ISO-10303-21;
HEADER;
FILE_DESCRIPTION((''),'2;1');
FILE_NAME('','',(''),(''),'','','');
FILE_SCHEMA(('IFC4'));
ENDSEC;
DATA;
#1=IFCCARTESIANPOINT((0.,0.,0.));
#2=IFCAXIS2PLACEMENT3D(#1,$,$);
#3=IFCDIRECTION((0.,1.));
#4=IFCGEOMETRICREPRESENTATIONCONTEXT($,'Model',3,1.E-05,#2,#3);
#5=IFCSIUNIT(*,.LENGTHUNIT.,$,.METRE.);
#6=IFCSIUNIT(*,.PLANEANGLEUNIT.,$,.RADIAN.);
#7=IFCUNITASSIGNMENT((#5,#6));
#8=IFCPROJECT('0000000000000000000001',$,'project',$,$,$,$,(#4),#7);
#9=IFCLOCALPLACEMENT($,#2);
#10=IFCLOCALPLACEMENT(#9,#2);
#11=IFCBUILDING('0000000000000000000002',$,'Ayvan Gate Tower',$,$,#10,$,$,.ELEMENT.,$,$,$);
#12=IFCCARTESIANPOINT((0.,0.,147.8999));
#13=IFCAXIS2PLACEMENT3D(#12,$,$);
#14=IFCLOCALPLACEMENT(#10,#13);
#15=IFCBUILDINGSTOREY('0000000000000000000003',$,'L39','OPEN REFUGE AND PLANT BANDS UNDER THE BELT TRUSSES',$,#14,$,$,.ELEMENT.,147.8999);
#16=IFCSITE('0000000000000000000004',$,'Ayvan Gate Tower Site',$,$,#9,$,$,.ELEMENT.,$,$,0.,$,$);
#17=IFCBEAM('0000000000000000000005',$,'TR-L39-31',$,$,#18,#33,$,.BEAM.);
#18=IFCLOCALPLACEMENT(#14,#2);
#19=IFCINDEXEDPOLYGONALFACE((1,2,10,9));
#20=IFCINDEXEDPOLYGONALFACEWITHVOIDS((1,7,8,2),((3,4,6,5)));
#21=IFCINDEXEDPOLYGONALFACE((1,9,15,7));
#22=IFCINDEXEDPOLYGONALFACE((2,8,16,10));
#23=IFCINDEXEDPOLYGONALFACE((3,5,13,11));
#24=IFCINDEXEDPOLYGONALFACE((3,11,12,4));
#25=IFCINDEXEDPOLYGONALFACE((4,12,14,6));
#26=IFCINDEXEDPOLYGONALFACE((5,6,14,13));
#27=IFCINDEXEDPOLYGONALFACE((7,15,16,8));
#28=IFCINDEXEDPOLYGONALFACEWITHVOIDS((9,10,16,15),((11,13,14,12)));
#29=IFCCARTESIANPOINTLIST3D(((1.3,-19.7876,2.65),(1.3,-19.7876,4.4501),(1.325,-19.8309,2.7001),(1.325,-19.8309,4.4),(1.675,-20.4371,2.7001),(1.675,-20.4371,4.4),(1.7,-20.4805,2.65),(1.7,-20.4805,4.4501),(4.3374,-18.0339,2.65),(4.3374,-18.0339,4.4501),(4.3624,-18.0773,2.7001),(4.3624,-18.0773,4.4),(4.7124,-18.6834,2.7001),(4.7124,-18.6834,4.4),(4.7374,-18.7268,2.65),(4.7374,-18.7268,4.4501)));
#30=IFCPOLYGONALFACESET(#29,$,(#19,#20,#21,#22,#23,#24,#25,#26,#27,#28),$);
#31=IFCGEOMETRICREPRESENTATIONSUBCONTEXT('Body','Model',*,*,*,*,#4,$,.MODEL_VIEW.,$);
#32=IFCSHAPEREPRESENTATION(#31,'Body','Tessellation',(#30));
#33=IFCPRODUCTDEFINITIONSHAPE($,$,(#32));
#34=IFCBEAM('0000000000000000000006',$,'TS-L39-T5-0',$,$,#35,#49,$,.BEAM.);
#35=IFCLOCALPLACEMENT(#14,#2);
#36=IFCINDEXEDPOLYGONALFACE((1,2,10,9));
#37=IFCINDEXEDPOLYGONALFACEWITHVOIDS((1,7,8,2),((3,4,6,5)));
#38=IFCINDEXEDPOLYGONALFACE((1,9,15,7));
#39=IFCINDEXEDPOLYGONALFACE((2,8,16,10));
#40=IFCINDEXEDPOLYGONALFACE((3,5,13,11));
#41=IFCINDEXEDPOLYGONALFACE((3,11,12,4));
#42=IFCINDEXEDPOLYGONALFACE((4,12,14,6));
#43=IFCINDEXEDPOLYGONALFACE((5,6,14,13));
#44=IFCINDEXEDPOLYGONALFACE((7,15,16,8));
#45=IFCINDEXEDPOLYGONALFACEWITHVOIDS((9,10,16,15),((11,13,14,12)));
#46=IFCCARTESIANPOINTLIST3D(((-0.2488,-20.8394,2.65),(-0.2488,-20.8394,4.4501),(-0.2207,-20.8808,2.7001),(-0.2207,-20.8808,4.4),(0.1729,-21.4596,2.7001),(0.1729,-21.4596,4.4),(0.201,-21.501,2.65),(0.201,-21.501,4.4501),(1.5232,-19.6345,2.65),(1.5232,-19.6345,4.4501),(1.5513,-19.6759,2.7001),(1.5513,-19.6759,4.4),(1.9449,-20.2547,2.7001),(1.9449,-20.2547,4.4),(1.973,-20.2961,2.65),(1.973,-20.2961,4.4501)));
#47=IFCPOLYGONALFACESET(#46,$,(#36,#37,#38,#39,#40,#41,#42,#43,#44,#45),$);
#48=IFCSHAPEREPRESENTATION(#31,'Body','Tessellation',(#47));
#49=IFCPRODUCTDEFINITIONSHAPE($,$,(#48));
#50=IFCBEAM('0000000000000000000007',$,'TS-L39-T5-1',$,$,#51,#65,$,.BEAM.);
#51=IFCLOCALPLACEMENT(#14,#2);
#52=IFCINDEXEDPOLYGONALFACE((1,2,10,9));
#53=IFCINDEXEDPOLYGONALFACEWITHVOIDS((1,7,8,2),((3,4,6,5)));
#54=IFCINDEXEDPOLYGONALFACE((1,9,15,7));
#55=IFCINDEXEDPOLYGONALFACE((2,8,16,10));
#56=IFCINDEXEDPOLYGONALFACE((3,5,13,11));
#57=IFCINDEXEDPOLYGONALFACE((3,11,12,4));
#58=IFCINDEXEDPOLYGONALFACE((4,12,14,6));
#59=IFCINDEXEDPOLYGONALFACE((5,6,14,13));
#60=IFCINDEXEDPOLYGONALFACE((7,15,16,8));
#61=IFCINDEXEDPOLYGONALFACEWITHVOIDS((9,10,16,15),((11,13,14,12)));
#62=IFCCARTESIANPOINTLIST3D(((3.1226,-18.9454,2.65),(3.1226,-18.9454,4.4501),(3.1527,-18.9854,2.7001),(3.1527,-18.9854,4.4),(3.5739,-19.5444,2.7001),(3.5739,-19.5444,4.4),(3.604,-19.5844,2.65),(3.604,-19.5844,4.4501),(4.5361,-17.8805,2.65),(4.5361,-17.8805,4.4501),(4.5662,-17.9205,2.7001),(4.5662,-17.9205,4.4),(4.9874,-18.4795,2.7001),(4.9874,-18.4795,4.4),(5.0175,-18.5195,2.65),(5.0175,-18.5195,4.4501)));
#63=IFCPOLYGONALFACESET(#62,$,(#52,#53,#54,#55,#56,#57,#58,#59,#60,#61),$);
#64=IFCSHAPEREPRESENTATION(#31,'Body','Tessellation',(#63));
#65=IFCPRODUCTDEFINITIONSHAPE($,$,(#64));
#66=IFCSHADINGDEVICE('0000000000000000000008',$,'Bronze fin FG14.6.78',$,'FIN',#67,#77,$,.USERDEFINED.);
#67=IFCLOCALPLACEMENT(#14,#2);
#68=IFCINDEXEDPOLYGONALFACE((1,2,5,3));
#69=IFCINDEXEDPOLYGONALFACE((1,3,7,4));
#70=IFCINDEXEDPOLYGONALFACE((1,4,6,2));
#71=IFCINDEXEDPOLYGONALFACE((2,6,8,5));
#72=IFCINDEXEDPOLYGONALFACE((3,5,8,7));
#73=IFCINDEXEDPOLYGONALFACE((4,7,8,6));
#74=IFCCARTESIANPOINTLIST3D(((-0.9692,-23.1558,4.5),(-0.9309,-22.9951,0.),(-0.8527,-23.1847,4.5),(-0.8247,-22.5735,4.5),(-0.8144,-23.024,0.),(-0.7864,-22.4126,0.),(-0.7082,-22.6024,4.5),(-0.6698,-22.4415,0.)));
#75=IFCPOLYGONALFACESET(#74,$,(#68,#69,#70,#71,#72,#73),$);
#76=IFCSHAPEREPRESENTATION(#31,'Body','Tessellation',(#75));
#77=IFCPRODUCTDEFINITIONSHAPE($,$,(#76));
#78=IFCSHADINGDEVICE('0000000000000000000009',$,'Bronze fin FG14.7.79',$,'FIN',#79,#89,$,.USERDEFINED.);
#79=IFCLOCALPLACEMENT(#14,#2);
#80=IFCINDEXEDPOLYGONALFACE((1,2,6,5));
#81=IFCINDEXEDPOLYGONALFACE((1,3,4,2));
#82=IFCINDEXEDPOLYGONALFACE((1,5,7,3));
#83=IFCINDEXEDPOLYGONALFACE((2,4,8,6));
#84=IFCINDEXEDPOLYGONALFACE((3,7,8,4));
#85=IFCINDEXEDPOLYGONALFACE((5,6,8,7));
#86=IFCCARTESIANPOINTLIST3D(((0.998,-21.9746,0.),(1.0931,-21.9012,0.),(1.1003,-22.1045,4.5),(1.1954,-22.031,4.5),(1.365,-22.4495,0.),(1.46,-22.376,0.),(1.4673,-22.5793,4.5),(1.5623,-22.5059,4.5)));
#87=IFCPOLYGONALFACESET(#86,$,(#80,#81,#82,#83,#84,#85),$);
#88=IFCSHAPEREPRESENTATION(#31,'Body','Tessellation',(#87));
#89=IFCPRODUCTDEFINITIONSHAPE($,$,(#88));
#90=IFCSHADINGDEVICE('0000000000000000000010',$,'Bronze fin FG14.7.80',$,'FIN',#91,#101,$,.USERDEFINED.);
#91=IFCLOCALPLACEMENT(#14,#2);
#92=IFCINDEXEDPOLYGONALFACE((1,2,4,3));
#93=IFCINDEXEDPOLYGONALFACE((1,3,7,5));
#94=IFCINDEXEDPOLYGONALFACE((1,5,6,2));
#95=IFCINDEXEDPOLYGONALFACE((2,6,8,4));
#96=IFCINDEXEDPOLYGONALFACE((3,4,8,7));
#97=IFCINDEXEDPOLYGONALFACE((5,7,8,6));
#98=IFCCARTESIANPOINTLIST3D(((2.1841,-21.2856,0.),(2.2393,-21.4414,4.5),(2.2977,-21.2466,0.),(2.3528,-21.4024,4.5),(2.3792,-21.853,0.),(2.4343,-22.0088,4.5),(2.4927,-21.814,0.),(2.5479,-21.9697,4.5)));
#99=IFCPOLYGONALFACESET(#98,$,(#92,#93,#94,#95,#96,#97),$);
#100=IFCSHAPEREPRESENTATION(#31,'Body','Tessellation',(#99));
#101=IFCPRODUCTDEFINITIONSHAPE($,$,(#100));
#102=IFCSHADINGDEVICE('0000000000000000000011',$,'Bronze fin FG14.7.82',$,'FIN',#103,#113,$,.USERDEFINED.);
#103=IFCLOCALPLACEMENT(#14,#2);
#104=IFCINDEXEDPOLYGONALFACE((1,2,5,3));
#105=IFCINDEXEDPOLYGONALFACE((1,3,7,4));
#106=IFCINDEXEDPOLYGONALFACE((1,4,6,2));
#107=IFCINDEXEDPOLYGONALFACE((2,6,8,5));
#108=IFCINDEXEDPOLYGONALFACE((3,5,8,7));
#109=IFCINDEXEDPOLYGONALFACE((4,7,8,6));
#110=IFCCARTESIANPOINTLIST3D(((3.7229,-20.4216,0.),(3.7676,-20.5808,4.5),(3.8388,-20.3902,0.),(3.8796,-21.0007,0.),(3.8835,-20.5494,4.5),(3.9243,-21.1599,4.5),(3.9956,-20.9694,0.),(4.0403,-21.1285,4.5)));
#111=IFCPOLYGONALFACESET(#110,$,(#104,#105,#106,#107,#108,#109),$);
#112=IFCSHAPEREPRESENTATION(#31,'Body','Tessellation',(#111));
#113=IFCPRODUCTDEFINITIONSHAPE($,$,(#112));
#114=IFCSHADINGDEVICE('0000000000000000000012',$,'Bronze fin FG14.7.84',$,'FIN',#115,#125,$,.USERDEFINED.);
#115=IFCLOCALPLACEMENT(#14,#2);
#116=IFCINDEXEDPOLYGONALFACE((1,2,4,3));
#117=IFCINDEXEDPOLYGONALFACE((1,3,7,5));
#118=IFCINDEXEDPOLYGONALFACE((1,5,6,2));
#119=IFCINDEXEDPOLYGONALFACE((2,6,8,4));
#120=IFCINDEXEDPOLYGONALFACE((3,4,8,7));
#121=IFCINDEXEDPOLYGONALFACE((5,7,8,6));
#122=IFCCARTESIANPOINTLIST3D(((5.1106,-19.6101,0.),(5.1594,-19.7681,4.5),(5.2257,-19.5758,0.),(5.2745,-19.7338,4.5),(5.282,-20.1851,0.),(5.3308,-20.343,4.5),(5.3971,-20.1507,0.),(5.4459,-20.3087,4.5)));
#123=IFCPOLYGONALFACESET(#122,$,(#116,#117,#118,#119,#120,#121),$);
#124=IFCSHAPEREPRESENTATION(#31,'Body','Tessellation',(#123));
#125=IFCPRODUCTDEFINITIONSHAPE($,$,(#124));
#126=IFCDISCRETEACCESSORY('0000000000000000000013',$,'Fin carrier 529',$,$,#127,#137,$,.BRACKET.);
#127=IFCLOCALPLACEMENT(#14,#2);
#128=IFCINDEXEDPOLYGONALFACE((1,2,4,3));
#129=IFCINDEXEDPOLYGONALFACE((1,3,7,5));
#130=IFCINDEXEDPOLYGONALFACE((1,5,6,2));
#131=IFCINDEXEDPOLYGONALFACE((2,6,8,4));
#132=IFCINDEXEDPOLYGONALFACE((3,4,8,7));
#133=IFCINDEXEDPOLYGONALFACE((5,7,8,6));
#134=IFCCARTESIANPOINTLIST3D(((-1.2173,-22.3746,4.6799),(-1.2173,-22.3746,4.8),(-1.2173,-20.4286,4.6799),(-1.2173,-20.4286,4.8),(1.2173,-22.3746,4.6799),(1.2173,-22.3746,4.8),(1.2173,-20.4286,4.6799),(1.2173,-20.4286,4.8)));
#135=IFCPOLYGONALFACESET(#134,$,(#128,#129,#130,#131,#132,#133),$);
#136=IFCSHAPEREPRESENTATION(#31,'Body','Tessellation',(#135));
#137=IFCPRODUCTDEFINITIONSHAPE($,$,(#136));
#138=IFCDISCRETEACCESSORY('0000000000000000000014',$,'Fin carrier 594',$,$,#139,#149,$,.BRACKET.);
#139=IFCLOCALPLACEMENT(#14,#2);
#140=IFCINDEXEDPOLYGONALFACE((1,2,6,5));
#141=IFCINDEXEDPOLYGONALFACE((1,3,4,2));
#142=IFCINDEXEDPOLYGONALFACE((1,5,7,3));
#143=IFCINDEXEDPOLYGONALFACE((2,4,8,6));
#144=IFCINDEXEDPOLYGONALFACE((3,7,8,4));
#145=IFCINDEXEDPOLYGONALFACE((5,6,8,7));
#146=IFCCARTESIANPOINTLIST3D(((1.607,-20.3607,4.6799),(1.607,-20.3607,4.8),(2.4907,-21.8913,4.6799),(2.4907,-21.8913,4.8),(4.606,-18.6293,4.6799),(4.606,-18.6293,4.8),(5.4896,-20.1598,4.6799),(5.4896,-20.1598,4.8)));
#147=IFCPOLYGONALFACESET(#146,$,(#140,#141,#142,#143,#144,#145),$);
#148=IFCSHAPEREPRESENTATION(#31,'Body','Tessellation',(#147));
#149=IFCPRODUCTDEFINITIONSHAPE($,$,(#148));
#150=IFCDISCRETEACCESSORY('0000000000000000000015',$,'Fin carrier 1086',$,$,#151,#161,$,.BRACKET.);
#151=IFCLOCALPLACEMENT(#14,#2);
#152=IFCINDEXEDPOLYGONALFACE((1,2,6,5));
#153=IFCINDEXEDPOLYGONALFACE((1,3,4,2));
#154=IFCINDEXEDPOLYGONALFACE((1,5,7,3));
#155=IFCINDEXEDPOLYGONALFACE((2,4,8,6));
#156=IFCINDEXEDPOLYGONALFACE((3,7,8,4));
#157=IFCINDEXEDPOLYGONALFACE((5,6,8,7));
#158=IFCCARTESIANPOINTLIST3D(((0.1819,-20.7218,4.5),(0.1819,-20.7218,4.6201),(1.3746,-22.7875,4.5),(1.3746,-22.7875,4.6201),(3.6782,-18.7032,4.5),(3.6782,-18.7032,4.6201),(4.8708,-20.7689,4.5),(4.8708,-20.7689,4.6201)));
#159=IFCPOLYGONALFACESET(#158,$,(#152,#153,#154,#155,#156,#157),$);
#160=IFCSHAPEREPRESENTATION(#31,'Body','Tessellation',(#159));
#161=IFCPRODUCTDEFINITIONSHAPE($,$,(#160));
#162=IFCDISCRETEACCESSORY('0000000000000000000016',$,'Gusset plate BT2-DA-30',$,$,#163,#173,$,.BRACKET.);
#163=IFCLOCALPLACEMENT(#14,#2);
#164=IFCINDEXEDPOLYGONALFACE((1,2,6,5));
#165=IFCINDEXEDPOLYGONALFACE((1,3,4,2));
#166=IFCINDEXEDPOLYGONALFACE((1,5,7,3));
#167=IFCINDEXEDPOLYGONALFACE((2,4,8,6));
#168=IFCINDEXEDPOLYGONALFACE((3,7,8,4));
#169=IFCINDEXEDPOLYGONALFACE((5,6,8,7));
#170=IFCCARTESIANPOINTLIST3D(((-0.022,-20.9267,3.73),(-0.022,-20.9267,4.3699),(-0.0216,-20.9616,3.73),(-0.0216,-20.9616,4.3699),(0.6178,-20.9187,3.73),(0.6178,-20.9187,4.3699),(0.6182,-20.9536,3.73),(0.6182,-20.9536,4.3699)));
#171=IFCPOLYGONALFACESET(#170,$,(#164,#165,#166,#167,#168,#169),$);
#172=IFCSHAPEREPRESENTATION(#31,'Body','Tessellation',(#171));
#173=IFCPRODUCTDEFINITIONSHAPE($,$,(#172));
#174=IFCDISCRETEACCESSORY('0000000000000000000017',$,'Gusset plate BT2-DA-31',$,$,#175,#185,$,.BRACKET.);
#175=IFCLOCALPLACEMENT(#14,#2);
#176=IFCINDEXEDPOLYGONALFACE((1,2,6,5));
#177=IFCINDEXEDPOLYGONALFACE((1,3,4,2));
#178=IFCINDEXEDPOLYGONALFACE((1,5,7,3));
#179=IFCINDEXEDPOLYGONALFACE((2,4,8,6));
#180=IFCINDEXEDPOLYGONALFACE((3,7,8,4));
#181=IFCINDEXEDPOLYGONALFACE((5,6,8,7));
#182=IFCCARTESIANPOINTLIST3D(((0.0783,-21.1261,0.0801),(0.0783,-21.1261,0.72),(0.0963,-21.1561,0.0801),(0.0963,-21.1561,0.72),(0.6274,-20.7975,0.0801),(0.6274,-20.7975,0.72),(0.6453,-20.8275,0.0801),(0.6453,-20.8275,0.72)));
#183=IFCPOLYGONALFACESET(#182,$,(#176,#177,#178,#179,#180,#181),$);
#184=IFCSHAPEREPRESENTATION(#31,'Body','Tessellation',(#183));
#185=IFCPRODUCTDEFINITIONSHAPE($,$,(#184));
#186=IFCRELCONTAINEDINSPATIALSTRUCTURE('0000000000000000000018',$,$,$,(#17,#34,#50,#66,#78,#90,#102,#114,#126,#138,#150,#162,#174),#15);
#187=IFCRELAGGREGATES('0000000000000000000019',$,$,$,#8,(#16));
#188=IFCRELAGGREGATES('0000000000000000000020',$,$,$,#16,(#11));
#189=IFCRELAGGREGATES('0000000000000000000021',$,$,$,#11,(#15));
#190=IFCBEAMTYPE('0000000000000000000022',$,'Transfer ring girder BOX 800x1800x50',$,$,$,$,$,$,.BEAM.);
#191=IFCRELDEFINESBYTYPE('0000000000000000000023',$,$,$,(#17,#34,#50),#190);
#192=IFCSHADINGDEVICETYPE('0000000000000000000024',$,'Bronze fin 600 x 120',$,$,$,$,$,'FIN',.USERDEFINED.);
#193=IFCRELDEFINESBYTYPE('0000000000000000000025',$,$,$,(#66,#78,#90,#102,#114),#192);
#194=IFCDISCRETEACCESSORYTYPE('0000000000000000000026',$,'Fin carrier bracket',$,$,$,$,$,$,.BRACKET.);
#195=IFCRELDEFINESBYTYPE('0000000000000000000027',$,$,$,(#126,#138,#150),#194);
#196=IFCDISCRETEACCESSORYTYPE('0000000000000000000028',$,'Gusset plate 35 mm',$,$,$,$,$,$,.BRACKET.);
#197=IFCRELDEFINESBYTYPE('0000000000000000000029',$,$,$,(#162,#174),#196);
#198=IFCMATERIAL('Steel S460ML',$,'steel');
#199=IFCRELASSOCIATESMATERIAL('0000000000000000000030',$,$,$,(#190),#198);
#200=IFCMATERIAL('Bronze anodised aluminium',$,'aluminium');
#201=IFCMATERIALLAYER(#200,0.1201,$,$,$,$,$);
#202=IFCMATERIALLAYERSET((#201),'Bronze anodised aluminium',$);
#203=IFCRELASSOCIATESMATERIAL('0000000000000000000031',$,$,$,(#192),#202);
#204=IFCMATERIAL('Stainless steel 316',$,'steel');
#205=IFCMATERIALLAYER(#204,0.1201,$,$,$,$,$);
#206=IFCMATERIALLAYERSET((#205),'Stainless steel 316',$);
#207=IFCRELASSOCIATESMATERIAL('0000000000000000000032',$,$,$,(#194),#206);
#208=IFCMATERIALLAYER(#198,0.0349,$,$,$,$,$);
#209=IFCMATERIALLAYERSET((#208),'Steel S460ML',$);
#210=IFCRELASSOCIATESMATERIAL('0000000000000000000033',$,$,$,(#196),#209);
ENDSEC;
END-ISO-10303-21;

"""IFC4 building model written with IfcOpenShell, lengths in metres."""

from ifc_helpers import new_model, si_unit, direction, frame, origin, origin_2d, place, context, subcontext, project, spatial, polyline, rectangle, hollow_rectangle, outline, extrude, material, layer, layer_set, material_profile, profile_set, type_object, element, save


model = new_model("IFC4")

# Units and contexts
model_context = context("Model", 3, precision=1e-05, world=origin(), true_north=direction((0.0, 1.0)))
body_context = subcontext(model_context, "Body", "Model", "MODEL_VIEW")
ifc_project = project(units=[si_unit("LENGTHUNIT", "METRE"), si_unit("PLANEANGLEUNIT", "RADIAN")], contexts=[model_context])

# Site, building, storey
site_placement = place(None, origin())
site = spatial("IfcSite", under=ifc_project, at=site_placement, Name="Ayvan Gate Tower Site", CompositionType="ELEMENT", RefElevation=0.0)
building_placement = place(site_placement, origin())
building = spatial("IfcBuilding", under=site, at=building_placement, Name="Ayvan Gate Tower", CompositionType="ELEMENT")
storey_placement = place(building_placement, frame((0.0, 0.0, 147.8999)))
storey = spatial("IfcBuildingStorey", under=building, at=storey_placement, Name="L39", Description="OPEN REFUGE AND PLANT BANDS UNDER THE BELT TRUSSES", CompositionType="ELEMENT", Elevation=147.8999)

# Shared definitions
ifc_material_1 = material(Name="Steel S460ML", Category="steel")

# Beams
ifc_material_profile_1 = material_profile(ifc_material_1, hollow_rectangle(XDim=0.8, YDim=1.8, WallThickness=0.05, at=origin_2d()), Name="BOX 800x1800x50")
ifc_profile_set_1 = profile_set([ifc_material_profile_1], Name="Steel S460ML")
beam_type_1 = type_object("IfcBeamType", Name="Transfer ring girder BOX 800x1800x50", PredefinedType="BEAM", material=ifc_profile_set_1)
beam_1_placement = place(storey_placement, frame((1.5, -20.134, 3.55), z_axis=(0.86602, 0.50001, 0.0), x_axis=(-0.50001, 0.86602, 0.0)))
element("IfcBeam", 1, at=beam_1_placement, inside=storey, type_object=beam_type_1, Name="TR-L39-31", PredefinedType="BEAM", context=body_context, shape_type="SweptSolid", body=[
    extrude(hollow_rectangle(XDim=0.8, YDim=1.8, WallThickness=0.05, at=origin_2d()), origin(), (0.0, 0.0, 1.0), 3.5073),
])
beam_2_placement = place(storey_placement, frame((-0.0239, -21.1702, 3.55), z_axis=(0.82695, 0.562276, 0.0), x_axis=(-0.562276, 0.82695, 0.0)))
element("IfcBeam", 2, at=beam_2_placement, inside=storey, type_object=beam_type_1, Name="TS-L39-T5-0", PredefinedType="BEAM", context=body_context, shape_type="SweptSolid", body=[
    extrude(hollow_rectangle(XDim=0.8, YDim=1.8, WallThickness=0.05, at=origin_2d()), origin(), (0.0, 0.0, 1.0), 2.1428),
])
beam_3_placement = place(storey_placement, frame((3.3633, -19.2649, 3.55), z_axis=(0.798707, 0.60172, 0.0), x_axis=(-0.60172, 0.798707, 0.0)))
element("IfcBeam", 3, at=beam_3_placement, inside=storey, type_object=beam_type_1, Name="TS-L39-T5-1", PredefinedType="BEAM", context=body_context, shape_type="SweptSolid", body=[
    extrude(hollow_rectangle(XDim=0.8, YDim=1.8, WallThickness=0.05, at=origin_2d()), origin(), (0.0, 0.0, 1.0), 1.7698),
])

# Shading devices
ifc_material_2 = material(Name="Bronze anodised aluminium", Category="aluminium")
ifc_layer_1 = layer(ifc_material_2, 0.1201)
ifc_layer_set_1 = layer_set([ifc_layer_1], Name="Bronze anodised aluminium")
shading_device_type = type_object("IfcShadingDeviceType", Name="Bronze fin 600 x 120", ElementType="FIN", PredefinedType="USERDEFINED", material=ifc_layer_set_1)
shading_device_1_placement = place(storey_placement, frame((-0.7864, -22.4126, 0.0), z_axis=(-0.97056, 0.24086, 0.000338), x_axis=(-0.24086, -0.97056, 0.0)))
element("IfcShadingDevice", 4, at=shading_device_1_placement, inside=storey, type_object=shading_device_type, Name="Bronze fin FG14.6.78", ObjectType="FIN", PredefinedType="USERDEFINED", context=body_context, shape_type="SweptSolid", body=[
    extrude(outline(polyline([(0.0, 0.0), (0.6002, 0.0), (0.7653, 4.5), (0.1654, 4.5), (0.0, 0.0)])), origin(), (0.0, 0.0, -1.0), 0.1201),
])
shading_device_2_placement = place(storey_placement, frame((0.998, -21.9746, 0.0), z_axis=(-0.791276, -0.611459, 0.000339), x_axis=(0.611459, -0.791276, 0.0)))
element("IfcShadingDevice", 5, at=shading_device_2_placement, inside=storey, type_object=shading_device_type, Name="Bronze fin FG14.7.79", ObjectType="FIN", PredefinedType="USERDEFINED", context=body_context, shape_type="SweptSolid", body=[
    extrude(outline(polyline([(0.0, 0.0), (0.6001, 0.0), (0.7654, 4.5), (0.1653, 4.5), (0.0, 0.0)])), origin(), (0.0, 0.0, -1.0), 0.1201),
])
shading_device_3_placement = place(storey_placement, frame((2.1841, -21.2856, 0.0), z_axis=(-0.945671, -0.325125, 0.000341), x_axis=(0.325125, -0.945671, 0.0)))
element("IfcShadingDevice", 6, at=shading_device_3_placement, inside=storey, type_object=shading_device_type, Name="Bronze fin FG14.7.80", ObjectType="FIN", PredefinedType="USERDEFINED", context=body_context, shape_type="SweptSolid", body=[
    extrude(outline(polyline([(0.0, 0.0), (0.6, 0.0), (0.7652, 4.5), (0.1652, 4.5), (0.0, 0.0)])), origin(), (0.0, 0.0, -1.0), 0.1201),
])
shading_device_4_placement = place(storey_placement, frame((3.7229, -20.4216, 0.0), z_axis=(-0.965269, -0.261257, 0.000342), x_axis=(0.261257, -0.965269, 0.0)))
element("IfcShadingDevice", 7, at=shading_device_4_placement, inside=storey, type_object=shading_device_type, Name="Bronze fin FG14.7.82", ObjectType="FIN", PredefinedType="USERDEFINED", context=body_context, shape_type="SweptSolid", body=[
    extrude(outline(polyline([(0.0, 0.0), (0.5999, 0.0), (0.7653, 4.5), (0.1653, 4.5), (0.0, 0.0)])), origin(), (0.0, 0.0, -1.0), 0.1201),
])
shading_device_5_placement = place(storey_placement, frame((5.1106, -19.6101, 0.0), z_axis=(-0.958329, -0.285667, 0.000371), x_axis=(0.285667, -0.958329, 0.0)))
element("IfcShadingDevice", 8, at=shading_device_5_placement, inside=storey, type_object=shading_device_type, Name="Bronze fin FG14.7.84", ObjectType="FIN", PredefinedType="USERDEFINED", context=body_context, shape_type="SweptSolid", body=[
    extrude(outline(polyline([(0.0, 0.0), (0.6, 0.0), (0.7653, 4.5), (0.1653, 4.5), (0.0, 0.0)])), origin(), (0.0, 0.0, -1.0), 0.1201),
])

# Discrete accessories
ifc_material_3 = material(Name="Stainless steel 316", Category="steel")
ifc_layer_2 = layer(ifc_material_3, 0.1201)
ifc_layer_set_2 = layer_set([ifc_layer_2], Name="Stainless steel 316")
discrete_accessory_type_1 = type_object("IfcDiscreteAccessoryType", Name="Fin carrier bracket", PredefinedType="BRACKET", material=ifc_layer_set_2)
discrete_accessory_1_placement = place(storey_placement, frame((0.0, -21.4016, 4.6799), z_axis=(0.0, 0.0, 1.0), x_axis=(1.0, 0.0, 0.0)))
element("IfcDiscreteAccessory", 9, at=discrete_accessory_1_placement, inside=storey, type_object=discrete_accessory_type_1, Name="Fin carrier 529", PredefinedType="BRACKET", context=body_context, shape_type="SweptSolid", body=[
    extrude(rectangle(XDim=2.4346, YDim=1.946, at=origin_2d()), origin(), (0.0, 0.0, 1.0), 0.1201),
])
discrete_accessory_2_placement = place(storey_placement, frame((3.5483, -20.2603, 4.6799), z_axis=(0.0, 0.0, 1.0), x_axis=(0.866025, 0.5, 0.0)))
element("IfcDiscreteAccessory", 10, at=discrete_accessory_2_placement, inside=storey, type_object=discrete_accessory_type_1, Name="Fin carrier 594", PredefinedType="BRACKET", context=body_context, shape_type="SweptSolid", body=[
    extrude(rectangle(XDim=3.4629, YDim=1.7673, at=origin_2d()), origin(), (0.0, 0.0, 1.0), 0.1201),
])
discrete_accessory_3_placement = place(storey_placement, frame((2.5264, -20.7454, 4.5), z_axis=(0.0, 0.0, 1.0), x_axis=(0.866025, 0.5, 0.0)))
element("IfcDiscreteAccessory", 11, at=discrete_accessory_3_placement, inside=storey, type_object=discrete_accessory_type_1, Name="Fin carrier 1086", PredefinedType="BRACKET", context=body_context, shape_type="SweptSolid", body=[
    extrude(rectangle(XDim=4.0371, YDim=2.3853, at=origin_2d()), origin(), (0.0, 0.0, 1.0), 0.1201),
])
ifc_layer_3 = layer(ifc_material_1, 0.0349)
ifc_layer_set_3 = layer_set([ifc_layer_3], Name="Steel S460ML")
discrete_accessory_type_2 = type_object("IfcDiscreteAccessoryType", Name="Gusset plate 35 mm", PredefinedType="BRACKET", material=ifc_layer_set_3)
for number, where, z_axis, x_axis, name in (
    (12, (0.2981, -20.9402, 3.73), (0.0, 0.0, 1.0), (0.999922, 0.012526, 0.0), "Gusset plate BT2-DA-30"),
    (13, (0.3618, -20.9768, 0.0801), (0.0, 0.0, 1.0), (0.85805, 0.513567, 0.0), "Gusset plate BT2-DA-31"),
):
    element("IfcDiscreteAccessory", number, at=place(storey_placement, frame(where, z_axis=z_axis, x_axis=x_axis)), inside=storey, type_object=discrete_accessory_type_2, Name=name, PredefinedType="BRACKET", context=body_context, shape_type="SweptSolid", body=[
        extrude(rectangle(XDim=0.6399, YDim=0.0349, at=origin_2d()), origin(), (0.0, 0.0, 1.0), 0.6399),
    ])

save(model, "model.ifc")
